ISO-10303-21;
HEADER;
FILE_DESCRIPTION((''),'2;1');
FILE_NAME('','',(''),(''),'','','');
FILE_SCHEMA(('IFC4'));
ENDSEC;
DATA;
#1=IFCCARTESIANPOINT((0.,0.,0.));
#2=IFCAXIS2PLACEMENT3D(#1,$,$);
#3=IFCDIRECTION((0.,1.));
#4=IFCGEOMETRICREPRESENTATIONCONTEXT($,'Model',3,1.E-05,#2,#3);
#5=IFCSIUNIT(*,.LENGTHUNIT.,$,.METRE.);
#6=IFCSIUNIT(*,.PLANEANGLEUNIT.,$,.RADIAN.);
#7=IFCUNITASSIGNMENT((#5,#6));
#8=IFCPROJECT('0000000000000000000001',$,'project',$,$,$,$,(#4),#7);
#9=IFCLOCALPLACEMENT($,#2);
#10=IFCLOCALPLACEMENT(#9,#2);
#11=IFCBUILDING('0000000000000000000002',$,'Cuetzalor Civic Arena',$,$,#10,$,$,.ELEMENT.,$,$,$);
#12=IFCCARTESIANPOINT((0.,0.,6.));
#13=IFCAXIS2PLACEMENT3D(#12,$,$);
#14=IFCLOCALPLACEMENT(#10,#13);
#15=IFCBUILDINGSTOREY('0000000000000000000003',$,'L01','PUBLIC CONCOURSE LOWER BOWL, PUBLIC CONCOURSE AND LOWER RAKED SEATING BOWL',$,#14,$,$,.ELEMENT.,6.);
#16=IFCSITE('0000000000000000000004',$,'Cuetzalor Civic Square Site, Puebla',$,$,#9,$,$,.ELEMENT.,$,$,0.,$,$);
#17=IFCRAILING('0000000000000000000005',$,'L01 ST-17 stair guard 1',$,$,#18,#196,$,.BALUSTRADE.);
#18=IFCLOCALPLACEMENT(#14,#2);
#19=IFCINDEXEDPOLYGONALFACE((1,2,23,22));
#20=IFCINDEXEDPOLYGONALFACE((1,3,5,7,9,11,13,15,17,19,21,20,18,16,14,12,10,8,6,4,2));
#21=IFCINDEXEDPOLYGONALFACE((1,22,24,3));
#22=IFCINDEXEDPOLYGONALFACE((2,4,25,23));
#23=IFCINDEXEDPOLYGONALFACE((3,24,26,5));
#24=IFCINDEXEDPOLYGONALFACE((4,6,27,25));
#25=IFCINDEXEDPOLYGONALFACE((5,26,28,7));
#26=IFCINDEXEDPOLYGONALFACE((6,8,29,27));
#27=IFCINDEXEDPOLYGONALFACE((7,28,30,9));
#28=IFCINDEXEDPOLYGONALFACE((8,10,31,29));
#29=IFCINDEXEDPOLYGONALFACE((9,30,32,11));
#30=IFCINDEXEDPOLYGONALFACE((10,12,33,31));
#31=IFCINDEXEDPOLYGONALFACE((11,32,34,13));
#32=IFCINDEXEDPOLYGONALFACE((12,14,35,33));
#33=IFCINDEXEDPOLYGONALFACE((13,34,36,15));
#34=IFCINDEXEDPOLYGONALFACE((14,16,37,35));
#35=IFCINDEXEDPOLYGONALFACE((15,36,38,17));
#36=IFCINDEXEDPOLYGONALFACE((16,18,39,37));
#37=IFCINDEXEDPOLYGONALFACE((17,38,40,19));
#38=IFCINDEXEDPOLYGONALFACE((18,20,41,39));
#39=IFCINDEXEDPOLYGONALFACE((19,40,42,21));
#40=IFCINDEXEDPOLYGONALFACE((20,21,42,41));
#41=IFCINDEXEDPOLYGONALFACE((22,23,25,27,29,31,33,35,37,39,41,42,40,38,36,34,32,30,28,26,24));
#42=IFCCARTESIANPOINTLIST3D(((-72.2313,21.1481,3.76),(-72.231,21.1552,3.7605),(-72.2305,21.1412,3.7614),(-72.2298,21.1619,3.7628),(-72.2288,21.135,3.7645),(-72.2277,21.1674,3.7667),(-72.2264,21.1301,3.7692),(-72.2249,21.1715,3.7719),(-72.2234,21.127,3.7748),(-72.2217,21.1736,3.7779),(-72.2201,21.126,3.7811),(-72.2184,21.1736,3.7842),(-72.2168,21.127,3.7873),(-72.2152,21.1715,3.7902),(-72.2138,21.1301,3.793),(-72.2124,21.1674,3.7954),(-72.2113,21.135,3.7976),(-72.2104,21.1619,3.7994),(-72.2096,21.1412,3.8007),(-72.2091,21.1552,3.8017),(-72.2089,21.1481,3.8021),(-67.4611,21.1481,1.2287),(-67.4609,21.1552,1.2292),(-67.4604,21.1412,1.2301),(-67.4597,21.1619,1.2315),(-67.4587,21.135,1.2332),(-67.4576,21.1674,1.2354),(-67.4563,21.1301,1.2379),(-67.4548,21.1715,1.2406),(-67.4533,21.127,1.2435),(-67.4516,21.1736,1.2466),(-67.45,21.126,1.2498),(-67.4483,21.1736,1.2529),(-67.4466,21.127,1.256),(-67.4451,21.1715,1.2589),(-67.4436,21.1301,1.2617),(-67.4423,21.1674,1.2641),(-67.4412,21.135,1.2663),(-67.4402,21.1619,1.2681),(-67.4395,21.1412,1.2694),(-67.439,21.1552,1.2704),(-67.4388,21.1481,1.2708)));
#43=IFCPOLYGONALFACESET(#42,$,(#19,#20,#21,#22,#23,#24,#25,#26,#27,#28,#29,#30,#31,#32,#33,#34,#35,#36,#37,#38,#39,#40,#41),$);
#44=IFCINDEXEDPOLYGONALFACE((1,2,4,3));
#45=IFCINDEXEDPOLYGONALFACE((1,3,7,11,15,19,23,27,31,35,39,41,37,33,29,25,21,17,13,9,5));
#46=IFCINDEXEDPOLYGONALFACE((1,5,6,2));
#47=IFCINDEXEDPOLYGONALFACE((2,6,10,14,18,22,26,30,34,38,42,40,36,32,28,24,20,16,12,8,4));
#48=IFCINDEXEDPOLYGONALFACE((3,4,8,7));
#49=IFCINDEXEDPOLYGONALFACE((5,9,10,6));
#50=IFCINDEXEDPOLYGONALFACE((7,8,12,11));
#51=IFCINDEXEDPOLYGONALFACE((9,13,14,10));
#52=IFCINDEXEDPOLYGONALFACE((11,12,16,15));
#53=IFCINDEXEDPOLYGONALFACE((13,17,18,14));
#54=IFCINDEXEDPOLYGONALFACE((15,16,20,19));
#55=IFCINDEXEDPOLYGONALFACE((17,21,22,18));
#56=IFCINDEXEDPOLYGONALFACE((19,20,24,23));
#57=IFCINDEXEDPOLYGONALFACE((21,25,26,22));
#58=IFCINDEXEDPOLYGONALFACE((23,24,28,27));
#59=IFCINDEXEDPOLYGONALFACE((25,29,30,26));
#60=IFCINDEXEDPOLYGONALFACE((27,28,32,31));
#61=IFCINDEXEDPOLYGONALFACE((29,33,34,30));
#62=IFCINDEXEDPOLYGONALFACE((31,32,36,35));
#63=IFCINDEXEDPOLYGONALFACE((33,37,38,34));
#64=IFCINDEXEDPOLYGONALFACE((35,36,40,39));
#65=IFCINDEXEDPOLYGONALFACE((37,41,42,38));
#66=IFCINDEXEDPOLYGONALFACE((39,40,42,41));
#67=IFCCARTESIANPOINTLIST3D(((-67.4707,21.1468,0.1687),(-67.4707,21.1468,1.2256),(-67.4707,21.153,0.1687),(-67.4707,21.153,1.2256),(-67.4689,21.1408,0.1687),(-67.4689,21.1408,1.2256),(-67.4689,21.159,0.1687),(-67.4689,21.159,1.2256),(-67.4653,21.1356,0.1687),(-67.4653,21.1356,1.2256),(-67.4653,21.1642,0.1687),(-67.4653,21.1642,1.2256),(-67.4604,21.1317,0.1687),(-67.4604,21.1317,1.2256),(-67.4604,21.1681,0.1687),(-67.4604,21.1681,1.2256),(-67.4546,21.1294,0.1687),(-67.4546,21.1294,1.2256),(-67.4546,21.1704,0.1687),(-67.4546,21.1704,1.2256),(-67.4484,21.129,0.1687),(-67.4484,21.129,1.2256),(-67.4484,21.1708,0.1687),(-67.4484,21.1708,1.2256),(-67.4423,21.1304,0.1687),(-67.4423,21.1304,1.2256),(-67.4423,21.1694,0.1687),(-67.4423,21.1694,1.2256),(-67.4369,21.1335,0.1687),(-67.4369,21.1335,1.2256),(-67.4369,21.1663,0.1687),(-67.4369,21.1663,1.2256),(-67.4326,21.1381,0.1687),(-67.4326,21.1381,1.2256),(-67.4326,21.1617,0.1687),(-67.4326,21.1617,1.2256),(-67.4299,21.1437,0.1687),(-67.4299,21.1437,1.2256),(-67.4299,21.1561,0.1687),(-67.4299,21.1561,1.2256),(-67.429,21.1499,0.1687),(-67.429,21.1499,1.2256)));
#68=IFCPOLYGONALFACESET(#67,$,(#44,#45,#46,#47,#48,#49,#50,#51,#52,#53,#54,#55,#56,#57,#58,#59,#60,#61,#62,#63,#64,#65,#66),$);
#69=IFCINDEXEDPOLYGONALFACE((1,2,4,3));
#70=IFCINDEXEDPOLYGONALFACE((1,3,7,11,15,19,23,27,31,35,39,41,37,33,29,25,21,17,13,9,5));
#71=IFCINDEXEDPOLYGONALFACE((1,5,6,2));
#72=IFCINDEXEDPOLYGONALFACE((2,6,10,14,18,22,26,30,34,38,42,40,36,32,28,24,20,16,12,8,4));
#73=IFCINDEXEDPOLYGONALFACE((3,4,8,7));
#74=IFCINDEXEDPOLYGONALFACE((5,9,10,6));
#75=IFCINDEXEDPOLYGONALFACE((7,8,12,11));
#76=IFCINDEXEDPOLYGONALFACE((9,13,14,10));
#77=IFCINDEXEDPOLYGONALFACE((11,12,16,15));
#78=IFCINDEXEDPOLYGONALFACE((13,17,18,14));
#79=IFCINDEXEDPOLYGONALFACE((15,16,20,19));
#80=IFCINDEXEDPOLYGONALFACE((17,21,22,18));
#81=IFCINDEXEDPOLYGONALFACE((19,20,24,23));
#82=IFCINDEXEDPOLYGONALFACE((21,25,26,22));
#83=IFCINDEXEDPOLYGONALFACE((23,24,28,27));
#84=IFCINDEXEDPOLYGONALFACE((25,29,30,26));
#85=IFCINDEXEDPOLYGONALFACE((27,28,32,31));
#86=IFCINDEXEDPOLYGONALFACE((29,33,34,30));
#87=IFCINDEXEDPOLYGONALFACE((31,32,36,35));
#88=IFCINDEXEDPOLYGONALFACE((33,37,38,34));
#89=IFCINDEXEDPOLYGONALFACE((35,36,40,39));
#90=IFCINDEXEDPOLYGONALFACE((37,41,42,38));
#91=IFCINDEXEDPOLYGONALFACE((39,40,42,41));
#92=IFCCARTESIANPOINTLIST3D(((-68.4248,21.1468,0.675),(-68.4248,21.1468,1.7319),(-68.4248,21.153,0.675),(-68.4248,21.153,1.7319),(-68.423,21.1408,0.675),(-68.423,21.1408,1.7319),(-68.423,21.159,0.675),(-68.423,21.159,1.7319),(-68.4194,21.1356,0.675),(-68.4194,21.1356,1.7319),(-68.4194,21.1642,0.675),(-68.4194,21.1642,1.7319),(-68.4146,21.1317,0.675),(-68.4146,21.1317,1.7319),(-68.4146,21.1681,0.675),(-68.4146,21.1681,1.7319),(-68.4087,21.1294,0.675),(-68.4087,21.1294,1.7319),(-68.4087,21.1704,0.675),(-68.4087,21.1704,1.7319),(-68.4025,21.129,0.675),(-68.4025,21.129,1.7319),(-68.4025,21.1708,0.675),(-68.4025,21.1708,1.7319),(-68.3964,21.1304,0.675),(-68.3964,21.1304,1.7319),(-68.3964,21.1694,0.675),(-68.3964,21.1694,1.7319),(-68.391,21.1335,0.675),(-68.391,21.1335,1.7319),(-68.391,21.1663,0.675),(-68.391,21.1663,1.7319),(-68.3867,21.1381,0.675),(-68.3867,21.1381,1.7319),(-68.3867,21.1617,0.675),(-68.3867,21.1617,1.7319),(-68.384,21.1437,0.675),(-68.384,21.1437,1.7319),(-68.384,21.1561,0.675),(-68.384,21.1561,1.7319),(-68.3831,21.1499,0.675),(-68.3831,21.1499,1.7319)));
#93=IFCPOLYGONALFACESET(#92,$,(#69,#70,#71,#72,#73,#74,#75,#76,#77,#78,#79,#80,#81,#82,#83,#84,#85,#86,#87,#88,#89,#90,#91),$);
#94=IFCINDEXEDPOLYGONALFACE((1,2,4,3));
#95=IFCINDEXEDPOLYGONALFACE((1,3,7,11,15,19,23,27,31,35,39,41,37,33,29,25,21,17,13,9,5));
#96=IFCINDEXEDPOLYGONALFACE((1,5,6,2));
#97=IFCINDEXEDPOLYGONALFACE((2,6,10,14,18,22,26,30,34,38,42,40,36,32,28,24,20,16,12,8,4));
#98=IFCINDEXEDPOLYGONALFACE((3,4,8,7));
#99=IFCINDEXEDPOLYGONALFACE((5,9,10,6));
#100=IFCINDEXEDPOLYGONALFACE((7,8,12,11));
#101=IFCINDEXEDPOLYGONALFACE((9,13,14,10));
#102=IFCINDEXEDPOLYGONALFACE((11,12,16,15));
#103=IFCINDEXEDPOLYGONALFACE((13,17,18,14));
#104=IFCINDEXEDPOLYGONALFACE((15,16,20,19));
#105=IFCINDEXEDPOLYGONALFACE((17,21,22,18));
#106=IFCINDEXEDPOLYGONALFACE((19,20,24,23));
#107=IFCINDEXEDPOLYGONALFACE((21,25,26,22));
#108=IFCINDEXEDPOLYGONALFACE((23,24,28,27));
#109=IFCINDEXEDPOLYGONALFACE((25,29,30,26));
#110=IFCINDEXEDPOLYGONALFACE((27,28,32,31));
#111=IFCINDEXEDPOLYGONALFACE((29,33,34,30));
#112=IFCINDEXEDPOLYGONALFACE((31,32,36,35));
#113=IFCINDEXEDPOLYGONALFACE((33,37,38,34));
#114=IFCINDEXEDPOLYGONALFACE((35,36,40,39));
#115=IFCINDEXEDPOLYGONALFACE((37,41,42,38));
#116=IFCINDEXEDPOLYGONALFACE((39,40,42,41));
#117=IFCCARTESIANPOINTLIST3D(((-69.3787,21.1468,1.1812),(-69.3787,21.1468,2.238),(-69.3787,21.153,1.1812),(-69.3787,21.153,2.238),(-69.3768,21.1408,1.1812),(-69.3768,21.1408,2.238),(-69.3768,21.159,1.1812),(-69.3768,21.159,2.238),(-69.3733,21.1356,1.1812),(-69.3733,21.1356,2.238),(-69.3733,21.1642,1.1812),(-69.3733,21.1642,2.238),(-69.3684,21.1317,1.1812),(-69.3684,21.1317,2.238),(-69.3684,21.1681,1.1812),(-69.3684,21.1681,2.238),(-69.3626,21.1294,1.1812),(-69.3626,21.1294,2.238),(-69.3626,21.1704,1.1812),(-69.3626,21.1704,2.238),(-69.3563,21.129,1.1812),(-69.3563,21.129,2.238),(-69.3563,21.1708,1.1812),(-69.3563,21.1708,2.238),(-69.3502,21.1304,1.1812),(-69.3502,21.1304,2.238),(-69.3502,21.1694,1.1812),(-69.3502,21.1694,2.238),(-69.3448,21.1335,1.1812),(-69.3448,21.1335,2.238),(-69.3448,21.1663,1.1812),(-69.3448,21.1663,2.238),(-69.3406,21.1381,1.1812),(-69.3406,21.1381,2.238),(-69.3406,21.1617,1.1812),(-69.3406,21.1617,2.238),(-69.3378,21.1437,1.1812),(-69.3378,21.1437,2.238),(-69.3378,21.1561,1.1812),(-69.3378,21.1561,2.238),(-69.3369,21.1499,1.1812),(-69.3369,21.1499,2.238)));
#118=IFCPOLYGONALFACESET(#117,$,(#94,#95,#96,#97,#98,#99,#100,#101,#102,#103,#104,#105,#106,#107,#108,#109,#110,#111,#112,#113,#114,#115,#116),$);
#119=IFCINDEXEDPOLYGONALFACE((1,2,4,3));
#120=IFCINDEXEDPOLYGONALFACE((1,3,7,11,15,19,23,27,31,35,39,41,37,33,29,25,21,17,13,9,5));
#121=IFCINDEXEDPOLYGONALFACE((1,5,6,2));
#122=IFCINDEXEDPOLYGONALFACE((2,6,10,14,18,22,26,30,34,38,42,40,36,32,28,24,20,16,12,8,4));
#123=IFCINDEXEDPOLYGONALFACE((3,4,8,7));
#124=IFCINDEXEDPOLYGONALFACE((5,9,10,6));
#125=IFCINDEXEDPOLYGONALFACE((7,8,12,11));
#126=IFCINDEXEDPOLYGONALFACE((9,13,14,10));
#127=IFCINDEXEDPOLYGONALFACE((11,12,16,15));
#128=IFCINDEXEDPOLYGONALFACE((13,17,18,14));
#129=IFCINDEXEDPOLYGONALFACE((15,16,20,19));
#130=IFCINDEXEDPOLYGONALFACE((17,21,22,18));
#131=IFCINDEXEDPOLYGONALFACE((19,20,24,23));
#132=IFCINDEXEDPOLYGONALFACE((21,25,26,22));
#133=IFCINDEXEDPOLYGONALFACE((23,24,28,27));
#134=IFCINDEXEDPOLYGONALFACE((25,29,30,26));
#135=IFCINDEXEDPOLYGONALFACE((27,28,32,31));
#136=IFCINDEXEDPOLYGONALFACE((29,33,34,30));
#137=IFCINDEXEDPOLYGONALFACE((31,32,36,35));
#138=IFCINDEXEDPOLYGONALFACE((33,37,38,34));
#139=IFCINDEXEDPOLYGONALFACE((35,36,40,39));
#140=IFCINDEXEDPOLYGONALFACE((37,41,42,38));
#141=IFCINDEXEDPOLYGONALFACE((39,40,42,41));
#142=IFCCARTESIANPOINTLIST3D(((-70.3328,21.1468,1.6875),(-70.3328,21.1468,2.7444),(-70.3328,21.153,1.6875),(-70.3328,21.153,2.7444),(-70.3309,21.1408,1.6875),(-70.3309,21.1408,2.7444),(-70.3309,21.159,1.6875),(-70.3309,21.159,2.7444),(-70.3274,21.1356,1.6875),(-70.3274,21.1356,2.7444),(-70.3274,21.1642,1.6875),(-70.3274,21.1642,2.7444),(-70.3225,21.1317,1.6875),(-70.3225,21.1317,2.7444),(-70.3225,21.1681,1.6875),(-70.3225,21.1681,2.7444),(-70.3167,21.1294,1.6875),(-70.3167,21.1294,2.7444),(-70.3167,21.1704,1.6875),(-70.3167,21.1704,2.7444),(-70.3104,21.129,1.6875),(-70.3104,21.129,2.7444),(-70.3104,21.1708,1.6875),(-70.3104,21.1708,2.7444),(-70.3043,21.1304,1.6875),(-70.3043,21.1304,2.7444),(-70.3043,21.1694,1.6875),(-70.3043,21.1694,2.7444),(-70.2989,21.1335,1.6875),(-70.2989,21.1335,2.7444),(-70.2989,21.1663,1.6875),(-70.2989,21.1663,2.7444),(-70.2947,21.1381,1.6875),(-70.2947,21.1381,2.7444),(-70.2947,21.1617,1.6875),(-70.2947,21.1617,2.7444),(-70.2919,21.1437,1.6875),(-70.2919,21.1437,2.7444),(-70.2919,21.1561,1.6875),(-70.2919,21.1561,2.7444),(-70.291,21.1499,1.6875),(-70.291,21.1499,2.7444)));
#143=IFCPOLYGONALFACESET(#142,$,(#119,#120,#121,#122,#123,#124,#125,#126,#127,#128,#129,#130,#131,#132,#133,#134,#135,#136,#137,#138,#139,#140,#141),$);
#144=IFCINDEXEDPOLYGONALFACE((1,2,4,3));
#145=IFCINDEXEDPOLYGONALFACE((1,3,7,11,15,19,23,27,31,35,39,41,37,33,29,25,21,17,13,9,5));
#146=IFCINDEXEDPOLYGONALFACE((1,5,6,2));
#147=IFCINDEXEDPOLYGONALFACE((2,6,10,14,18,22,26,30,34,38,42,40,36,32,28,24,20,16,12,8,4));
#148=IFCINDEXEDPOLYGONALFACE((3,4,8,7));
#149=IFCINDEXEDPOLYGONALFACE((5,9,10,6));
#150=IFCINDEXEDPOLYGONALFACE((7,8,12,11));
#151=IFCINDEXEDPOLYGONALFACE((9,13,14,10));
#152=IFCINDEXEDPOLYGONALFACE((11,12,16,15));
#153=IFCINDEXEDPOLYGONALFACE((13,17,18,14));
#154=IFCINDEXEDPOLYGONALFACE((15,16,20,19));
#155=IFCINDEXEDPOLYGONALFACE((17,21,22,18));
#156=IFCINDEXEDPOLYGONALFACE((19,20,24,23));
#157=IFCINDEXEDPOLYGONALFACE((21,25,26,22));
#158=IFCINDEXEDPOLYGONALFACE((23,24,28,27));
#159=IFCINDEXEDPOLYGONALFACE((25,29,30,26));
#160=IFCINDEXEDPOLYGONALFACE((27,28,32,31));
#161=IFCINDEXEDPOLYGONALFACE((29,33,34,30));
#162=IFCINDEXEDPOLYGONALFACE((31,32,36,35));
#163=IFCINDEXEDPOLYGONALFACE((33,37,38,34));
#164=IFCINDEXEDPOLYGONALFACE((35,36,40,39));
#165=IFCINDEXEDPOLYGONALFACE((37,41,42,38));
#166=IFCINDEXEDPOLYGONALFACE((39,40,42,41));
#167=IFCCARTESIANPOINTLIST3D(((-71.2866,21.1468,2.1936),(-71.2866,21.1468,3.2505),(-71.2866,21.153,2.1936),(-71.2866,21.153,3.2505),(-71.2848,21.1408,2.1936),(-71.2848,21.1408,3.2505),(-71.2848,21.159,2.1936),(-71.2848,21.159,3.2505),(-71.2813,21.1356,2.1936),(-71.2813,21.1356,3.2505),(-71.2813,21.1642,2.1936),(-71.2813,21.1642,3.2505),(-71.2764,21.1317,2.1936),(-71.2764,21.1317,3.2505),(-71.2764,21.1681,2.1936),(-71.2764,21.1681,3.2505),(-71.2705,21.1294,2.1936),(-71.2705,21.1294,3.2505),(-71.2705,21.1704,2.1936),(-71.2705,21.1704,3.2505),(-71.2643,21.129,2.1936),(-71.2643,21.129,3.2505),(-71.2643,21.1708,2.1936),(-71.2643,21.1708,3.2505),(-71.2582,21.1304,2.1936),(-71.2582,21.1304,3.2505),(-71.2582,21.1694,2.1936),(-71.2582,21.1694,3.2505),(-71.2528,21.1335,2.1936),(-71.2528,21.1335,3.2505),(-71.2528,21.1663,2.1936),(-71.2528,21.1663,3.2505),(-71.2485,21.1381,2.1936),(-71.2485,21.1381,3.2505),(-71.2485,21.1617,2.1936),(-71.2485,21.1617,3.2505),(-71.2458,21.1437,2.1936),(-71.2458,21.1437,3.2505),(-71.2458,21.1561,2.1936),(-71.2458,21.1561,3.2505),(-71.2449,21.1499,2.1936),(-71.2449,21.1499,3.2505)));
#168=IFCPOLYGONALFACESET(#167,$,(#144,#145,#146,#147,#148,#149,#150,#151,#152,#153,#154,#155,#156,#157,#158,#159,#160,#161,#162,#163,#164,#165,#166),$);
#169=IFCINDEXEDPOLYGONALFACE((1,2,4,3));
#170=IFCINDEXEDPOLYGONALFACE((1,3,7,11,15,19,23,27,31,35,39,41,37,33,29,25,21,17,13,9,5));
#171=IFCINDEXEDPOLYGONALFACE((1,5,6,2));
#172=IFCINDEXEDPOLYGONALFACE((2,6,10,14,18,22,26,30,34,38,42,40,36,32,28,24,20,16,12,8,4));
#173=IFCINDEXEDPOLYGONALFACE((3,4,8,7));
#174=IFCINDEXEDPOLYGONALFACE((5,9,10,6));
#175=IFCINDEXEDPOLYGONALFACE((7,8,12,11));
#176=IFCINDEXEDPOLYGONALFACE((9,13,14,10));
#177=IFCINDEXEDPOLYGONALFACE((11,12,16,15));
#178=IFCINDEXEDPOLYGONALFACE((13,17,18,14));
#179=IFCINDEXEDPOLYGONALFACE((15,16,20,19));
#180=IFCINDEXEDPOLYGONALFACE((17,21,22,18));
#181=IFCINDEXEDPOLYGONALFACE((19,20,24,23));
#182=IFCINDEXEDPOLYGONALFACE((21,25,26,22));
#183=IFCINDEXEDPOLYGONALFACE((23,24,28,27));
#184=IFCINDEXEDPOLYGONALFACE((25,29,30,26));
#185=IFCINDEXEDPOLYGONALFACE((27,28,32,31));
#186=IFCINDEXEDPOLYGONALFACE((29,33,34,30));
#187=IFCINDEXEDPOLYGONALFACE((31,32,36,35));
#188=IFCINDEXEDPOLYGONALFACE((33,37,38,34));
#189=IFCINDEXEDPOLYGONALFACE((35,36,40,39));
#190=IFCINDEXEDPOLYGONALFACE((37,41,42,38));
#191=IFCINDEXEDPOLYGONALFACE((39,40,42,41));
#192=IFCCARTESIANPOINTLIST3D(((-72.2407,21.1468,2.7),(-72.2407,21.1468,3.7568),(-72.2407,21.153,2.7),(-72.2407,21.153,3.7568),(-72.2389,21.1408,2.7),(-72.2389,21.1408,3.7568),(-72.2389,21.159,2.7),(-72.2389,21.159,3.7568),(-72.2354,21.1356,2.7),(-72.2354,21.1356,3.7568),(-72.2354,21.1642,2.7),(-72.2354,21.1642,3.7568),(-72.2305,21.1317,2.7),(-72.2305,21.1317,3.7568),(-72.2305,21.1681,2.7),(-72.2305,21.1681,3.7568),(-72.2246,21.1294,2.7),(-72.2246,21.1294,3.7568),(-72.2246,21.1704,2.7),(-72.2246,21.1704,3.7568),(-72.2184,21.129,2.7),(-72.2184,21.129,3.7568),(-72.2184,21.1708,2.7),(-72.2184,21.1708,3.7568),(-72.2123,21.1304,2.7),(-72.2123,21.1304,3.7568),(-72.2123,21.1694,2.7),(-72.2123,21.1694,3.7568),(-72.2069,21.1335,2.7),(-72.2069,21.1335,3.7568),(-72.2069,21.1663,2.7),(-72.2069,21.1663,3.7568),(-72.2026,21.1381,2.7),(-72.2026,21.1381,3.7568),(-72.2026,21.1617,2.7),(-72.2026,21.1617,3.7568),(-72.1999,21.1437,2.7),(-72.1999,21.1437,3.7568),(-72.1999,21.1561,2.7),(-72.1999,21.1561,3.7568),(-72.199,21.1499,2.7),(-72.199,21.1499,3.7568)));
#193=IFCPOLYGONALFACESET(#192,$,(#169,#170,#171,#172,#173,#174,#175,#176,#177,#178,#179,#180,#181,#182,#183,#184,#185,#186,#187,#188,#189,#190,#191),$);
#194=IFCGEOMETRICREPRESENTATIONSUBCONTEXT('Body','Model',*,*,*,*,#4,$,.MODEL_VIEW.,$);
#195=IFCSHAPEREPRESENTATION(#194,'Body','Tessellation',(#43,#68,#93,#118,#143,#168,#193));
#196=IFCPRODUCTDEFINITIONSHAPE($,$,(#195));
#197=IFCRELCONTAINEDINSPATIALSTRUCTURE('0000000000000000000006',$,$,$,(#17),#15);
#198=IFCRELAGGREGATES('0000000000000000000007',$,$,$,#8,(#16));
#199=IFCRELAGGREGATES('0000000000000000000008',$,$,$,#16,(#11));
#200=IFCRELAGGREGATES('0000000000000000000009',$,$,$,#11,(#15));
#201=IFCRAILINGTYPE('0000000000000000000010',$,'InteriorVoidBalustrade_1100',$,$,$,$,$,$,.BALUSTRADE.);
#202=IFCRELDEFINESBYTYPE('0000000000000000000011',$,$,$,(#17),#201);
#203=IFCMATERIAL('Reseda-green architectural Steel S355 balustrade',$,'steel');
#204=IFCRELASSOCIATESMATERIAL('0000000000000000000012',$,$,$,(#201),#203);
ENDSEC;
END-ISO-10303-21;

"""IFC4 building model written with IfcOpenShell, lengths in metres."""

from ifc_helpers import new_model, si_unit, direction, frame, origin, origin_2d, place, context, subcontext, project, spatial, circle, extrude, material, type_object, element, save


model = new_model("IFC4")

# Units and contexts
model_context = context("Model", 3, precision=1e-05, world=origin(), true_north=direction((0.0, 1.0)))
body_context = subcontext(model_context, "Body", "Model", "MODEL_VIEW")
ifc_project = project(units=[si_unit("LENGTHUNIT", "METRE"), si_unit("PLANEANGLEUNIT", "RADIAN")], contexts=[model_context])

# Site, building, storey
site_placement = place(None, origin())
site = spatial("IfcSite", under=ifc_project, at=site_placement, Name="Cuetzalor Civic Square Site, Puebla", CompositionType="ELEMENT", RefElevation=0.0)
building_placement = place(site_placement, origin())
building = spatial("IfcBuilding", under=site, at=building_placement, Name="Cuetzalor Civic Arena", CompositionType="ELEMENT")
storey_placement = place(building_placement, frame((0.0, 0.0, 6.0)))
storey = spatial("IfcBuildingStorey", under=building, at=storey_placement, Name="L01", Description="PUBLIC CONCOURSE LOWER BOWL, PUBLIC CONCOURSE AND LOWER RAKED SEATING BOWL", CompositionType="ELEMENT", Elevation=6.0)

# Railing
ifc_material_1 = material(Name="Reseda-green architectural Steel S355 balustrade", Category="steel")
railing_type_1 = type_object("IfcRailingType", Name="InteriorVoidBalustrade_1100", PredefinedType="BALUSTRADE", material=ifc_material_1)
railing_1_placement = place(storey_placement, frame((-67.45, 21.1499, 0.1687)))
element("IfcRailing", 1, at=railing_1_placement, inside=storey, type_object=railing_type_1, Name="L01 ST-17 stair guard 1", PredefinedType="BALUSTRADE", context=body_context, shape_type="SweptSolid", body=[
    extrude(circle(Radius=0.0239, at=origin_2d()), frame((0.0, 0.0, 1.0811), z_axis=(-0.883332, 0.0, 0.468747), x_axis=(0.0, -1.0, 0.0)), (0.0, 0.0, 1.0), 5.4001),
    extrude(circle(Radius=0.021, at=origin_2d()), origin(), (0.0, 0.0, 1.0), 1.0569),
    extrude(circle(Radius=0.021, at=origin_2d()), frame((-0.9541, 0.0, 0.5063)), (0.0, 0.0, 1.0), 1.0569),
    extrude(circle(Radius=0.021, at=origin_2d()), frame((-1.908, 0.0, 1.0125)), (0.0, 0.0, 1.0), 1.0569),
    extrude(circle(Radius=0.021, at=origin_2d()), frame((-2.8621, 0.0, 1.5188)), (0.0, 0.0, 1.0), 1.0569),
    extrude(circle(Radius=0.021, at=origin_2d()), frame((-3.8159, 0.0, 2.0249)), (0.0, 0.0, 1.0), 1.0569),
    extrude(circle(Radius=0.021, at=origin_2d()), frame((-4.77, 0.0, 2.5312)), (0.0, 0.0, 1.0), 1.0569),
])

save(model, "model.ifc")
